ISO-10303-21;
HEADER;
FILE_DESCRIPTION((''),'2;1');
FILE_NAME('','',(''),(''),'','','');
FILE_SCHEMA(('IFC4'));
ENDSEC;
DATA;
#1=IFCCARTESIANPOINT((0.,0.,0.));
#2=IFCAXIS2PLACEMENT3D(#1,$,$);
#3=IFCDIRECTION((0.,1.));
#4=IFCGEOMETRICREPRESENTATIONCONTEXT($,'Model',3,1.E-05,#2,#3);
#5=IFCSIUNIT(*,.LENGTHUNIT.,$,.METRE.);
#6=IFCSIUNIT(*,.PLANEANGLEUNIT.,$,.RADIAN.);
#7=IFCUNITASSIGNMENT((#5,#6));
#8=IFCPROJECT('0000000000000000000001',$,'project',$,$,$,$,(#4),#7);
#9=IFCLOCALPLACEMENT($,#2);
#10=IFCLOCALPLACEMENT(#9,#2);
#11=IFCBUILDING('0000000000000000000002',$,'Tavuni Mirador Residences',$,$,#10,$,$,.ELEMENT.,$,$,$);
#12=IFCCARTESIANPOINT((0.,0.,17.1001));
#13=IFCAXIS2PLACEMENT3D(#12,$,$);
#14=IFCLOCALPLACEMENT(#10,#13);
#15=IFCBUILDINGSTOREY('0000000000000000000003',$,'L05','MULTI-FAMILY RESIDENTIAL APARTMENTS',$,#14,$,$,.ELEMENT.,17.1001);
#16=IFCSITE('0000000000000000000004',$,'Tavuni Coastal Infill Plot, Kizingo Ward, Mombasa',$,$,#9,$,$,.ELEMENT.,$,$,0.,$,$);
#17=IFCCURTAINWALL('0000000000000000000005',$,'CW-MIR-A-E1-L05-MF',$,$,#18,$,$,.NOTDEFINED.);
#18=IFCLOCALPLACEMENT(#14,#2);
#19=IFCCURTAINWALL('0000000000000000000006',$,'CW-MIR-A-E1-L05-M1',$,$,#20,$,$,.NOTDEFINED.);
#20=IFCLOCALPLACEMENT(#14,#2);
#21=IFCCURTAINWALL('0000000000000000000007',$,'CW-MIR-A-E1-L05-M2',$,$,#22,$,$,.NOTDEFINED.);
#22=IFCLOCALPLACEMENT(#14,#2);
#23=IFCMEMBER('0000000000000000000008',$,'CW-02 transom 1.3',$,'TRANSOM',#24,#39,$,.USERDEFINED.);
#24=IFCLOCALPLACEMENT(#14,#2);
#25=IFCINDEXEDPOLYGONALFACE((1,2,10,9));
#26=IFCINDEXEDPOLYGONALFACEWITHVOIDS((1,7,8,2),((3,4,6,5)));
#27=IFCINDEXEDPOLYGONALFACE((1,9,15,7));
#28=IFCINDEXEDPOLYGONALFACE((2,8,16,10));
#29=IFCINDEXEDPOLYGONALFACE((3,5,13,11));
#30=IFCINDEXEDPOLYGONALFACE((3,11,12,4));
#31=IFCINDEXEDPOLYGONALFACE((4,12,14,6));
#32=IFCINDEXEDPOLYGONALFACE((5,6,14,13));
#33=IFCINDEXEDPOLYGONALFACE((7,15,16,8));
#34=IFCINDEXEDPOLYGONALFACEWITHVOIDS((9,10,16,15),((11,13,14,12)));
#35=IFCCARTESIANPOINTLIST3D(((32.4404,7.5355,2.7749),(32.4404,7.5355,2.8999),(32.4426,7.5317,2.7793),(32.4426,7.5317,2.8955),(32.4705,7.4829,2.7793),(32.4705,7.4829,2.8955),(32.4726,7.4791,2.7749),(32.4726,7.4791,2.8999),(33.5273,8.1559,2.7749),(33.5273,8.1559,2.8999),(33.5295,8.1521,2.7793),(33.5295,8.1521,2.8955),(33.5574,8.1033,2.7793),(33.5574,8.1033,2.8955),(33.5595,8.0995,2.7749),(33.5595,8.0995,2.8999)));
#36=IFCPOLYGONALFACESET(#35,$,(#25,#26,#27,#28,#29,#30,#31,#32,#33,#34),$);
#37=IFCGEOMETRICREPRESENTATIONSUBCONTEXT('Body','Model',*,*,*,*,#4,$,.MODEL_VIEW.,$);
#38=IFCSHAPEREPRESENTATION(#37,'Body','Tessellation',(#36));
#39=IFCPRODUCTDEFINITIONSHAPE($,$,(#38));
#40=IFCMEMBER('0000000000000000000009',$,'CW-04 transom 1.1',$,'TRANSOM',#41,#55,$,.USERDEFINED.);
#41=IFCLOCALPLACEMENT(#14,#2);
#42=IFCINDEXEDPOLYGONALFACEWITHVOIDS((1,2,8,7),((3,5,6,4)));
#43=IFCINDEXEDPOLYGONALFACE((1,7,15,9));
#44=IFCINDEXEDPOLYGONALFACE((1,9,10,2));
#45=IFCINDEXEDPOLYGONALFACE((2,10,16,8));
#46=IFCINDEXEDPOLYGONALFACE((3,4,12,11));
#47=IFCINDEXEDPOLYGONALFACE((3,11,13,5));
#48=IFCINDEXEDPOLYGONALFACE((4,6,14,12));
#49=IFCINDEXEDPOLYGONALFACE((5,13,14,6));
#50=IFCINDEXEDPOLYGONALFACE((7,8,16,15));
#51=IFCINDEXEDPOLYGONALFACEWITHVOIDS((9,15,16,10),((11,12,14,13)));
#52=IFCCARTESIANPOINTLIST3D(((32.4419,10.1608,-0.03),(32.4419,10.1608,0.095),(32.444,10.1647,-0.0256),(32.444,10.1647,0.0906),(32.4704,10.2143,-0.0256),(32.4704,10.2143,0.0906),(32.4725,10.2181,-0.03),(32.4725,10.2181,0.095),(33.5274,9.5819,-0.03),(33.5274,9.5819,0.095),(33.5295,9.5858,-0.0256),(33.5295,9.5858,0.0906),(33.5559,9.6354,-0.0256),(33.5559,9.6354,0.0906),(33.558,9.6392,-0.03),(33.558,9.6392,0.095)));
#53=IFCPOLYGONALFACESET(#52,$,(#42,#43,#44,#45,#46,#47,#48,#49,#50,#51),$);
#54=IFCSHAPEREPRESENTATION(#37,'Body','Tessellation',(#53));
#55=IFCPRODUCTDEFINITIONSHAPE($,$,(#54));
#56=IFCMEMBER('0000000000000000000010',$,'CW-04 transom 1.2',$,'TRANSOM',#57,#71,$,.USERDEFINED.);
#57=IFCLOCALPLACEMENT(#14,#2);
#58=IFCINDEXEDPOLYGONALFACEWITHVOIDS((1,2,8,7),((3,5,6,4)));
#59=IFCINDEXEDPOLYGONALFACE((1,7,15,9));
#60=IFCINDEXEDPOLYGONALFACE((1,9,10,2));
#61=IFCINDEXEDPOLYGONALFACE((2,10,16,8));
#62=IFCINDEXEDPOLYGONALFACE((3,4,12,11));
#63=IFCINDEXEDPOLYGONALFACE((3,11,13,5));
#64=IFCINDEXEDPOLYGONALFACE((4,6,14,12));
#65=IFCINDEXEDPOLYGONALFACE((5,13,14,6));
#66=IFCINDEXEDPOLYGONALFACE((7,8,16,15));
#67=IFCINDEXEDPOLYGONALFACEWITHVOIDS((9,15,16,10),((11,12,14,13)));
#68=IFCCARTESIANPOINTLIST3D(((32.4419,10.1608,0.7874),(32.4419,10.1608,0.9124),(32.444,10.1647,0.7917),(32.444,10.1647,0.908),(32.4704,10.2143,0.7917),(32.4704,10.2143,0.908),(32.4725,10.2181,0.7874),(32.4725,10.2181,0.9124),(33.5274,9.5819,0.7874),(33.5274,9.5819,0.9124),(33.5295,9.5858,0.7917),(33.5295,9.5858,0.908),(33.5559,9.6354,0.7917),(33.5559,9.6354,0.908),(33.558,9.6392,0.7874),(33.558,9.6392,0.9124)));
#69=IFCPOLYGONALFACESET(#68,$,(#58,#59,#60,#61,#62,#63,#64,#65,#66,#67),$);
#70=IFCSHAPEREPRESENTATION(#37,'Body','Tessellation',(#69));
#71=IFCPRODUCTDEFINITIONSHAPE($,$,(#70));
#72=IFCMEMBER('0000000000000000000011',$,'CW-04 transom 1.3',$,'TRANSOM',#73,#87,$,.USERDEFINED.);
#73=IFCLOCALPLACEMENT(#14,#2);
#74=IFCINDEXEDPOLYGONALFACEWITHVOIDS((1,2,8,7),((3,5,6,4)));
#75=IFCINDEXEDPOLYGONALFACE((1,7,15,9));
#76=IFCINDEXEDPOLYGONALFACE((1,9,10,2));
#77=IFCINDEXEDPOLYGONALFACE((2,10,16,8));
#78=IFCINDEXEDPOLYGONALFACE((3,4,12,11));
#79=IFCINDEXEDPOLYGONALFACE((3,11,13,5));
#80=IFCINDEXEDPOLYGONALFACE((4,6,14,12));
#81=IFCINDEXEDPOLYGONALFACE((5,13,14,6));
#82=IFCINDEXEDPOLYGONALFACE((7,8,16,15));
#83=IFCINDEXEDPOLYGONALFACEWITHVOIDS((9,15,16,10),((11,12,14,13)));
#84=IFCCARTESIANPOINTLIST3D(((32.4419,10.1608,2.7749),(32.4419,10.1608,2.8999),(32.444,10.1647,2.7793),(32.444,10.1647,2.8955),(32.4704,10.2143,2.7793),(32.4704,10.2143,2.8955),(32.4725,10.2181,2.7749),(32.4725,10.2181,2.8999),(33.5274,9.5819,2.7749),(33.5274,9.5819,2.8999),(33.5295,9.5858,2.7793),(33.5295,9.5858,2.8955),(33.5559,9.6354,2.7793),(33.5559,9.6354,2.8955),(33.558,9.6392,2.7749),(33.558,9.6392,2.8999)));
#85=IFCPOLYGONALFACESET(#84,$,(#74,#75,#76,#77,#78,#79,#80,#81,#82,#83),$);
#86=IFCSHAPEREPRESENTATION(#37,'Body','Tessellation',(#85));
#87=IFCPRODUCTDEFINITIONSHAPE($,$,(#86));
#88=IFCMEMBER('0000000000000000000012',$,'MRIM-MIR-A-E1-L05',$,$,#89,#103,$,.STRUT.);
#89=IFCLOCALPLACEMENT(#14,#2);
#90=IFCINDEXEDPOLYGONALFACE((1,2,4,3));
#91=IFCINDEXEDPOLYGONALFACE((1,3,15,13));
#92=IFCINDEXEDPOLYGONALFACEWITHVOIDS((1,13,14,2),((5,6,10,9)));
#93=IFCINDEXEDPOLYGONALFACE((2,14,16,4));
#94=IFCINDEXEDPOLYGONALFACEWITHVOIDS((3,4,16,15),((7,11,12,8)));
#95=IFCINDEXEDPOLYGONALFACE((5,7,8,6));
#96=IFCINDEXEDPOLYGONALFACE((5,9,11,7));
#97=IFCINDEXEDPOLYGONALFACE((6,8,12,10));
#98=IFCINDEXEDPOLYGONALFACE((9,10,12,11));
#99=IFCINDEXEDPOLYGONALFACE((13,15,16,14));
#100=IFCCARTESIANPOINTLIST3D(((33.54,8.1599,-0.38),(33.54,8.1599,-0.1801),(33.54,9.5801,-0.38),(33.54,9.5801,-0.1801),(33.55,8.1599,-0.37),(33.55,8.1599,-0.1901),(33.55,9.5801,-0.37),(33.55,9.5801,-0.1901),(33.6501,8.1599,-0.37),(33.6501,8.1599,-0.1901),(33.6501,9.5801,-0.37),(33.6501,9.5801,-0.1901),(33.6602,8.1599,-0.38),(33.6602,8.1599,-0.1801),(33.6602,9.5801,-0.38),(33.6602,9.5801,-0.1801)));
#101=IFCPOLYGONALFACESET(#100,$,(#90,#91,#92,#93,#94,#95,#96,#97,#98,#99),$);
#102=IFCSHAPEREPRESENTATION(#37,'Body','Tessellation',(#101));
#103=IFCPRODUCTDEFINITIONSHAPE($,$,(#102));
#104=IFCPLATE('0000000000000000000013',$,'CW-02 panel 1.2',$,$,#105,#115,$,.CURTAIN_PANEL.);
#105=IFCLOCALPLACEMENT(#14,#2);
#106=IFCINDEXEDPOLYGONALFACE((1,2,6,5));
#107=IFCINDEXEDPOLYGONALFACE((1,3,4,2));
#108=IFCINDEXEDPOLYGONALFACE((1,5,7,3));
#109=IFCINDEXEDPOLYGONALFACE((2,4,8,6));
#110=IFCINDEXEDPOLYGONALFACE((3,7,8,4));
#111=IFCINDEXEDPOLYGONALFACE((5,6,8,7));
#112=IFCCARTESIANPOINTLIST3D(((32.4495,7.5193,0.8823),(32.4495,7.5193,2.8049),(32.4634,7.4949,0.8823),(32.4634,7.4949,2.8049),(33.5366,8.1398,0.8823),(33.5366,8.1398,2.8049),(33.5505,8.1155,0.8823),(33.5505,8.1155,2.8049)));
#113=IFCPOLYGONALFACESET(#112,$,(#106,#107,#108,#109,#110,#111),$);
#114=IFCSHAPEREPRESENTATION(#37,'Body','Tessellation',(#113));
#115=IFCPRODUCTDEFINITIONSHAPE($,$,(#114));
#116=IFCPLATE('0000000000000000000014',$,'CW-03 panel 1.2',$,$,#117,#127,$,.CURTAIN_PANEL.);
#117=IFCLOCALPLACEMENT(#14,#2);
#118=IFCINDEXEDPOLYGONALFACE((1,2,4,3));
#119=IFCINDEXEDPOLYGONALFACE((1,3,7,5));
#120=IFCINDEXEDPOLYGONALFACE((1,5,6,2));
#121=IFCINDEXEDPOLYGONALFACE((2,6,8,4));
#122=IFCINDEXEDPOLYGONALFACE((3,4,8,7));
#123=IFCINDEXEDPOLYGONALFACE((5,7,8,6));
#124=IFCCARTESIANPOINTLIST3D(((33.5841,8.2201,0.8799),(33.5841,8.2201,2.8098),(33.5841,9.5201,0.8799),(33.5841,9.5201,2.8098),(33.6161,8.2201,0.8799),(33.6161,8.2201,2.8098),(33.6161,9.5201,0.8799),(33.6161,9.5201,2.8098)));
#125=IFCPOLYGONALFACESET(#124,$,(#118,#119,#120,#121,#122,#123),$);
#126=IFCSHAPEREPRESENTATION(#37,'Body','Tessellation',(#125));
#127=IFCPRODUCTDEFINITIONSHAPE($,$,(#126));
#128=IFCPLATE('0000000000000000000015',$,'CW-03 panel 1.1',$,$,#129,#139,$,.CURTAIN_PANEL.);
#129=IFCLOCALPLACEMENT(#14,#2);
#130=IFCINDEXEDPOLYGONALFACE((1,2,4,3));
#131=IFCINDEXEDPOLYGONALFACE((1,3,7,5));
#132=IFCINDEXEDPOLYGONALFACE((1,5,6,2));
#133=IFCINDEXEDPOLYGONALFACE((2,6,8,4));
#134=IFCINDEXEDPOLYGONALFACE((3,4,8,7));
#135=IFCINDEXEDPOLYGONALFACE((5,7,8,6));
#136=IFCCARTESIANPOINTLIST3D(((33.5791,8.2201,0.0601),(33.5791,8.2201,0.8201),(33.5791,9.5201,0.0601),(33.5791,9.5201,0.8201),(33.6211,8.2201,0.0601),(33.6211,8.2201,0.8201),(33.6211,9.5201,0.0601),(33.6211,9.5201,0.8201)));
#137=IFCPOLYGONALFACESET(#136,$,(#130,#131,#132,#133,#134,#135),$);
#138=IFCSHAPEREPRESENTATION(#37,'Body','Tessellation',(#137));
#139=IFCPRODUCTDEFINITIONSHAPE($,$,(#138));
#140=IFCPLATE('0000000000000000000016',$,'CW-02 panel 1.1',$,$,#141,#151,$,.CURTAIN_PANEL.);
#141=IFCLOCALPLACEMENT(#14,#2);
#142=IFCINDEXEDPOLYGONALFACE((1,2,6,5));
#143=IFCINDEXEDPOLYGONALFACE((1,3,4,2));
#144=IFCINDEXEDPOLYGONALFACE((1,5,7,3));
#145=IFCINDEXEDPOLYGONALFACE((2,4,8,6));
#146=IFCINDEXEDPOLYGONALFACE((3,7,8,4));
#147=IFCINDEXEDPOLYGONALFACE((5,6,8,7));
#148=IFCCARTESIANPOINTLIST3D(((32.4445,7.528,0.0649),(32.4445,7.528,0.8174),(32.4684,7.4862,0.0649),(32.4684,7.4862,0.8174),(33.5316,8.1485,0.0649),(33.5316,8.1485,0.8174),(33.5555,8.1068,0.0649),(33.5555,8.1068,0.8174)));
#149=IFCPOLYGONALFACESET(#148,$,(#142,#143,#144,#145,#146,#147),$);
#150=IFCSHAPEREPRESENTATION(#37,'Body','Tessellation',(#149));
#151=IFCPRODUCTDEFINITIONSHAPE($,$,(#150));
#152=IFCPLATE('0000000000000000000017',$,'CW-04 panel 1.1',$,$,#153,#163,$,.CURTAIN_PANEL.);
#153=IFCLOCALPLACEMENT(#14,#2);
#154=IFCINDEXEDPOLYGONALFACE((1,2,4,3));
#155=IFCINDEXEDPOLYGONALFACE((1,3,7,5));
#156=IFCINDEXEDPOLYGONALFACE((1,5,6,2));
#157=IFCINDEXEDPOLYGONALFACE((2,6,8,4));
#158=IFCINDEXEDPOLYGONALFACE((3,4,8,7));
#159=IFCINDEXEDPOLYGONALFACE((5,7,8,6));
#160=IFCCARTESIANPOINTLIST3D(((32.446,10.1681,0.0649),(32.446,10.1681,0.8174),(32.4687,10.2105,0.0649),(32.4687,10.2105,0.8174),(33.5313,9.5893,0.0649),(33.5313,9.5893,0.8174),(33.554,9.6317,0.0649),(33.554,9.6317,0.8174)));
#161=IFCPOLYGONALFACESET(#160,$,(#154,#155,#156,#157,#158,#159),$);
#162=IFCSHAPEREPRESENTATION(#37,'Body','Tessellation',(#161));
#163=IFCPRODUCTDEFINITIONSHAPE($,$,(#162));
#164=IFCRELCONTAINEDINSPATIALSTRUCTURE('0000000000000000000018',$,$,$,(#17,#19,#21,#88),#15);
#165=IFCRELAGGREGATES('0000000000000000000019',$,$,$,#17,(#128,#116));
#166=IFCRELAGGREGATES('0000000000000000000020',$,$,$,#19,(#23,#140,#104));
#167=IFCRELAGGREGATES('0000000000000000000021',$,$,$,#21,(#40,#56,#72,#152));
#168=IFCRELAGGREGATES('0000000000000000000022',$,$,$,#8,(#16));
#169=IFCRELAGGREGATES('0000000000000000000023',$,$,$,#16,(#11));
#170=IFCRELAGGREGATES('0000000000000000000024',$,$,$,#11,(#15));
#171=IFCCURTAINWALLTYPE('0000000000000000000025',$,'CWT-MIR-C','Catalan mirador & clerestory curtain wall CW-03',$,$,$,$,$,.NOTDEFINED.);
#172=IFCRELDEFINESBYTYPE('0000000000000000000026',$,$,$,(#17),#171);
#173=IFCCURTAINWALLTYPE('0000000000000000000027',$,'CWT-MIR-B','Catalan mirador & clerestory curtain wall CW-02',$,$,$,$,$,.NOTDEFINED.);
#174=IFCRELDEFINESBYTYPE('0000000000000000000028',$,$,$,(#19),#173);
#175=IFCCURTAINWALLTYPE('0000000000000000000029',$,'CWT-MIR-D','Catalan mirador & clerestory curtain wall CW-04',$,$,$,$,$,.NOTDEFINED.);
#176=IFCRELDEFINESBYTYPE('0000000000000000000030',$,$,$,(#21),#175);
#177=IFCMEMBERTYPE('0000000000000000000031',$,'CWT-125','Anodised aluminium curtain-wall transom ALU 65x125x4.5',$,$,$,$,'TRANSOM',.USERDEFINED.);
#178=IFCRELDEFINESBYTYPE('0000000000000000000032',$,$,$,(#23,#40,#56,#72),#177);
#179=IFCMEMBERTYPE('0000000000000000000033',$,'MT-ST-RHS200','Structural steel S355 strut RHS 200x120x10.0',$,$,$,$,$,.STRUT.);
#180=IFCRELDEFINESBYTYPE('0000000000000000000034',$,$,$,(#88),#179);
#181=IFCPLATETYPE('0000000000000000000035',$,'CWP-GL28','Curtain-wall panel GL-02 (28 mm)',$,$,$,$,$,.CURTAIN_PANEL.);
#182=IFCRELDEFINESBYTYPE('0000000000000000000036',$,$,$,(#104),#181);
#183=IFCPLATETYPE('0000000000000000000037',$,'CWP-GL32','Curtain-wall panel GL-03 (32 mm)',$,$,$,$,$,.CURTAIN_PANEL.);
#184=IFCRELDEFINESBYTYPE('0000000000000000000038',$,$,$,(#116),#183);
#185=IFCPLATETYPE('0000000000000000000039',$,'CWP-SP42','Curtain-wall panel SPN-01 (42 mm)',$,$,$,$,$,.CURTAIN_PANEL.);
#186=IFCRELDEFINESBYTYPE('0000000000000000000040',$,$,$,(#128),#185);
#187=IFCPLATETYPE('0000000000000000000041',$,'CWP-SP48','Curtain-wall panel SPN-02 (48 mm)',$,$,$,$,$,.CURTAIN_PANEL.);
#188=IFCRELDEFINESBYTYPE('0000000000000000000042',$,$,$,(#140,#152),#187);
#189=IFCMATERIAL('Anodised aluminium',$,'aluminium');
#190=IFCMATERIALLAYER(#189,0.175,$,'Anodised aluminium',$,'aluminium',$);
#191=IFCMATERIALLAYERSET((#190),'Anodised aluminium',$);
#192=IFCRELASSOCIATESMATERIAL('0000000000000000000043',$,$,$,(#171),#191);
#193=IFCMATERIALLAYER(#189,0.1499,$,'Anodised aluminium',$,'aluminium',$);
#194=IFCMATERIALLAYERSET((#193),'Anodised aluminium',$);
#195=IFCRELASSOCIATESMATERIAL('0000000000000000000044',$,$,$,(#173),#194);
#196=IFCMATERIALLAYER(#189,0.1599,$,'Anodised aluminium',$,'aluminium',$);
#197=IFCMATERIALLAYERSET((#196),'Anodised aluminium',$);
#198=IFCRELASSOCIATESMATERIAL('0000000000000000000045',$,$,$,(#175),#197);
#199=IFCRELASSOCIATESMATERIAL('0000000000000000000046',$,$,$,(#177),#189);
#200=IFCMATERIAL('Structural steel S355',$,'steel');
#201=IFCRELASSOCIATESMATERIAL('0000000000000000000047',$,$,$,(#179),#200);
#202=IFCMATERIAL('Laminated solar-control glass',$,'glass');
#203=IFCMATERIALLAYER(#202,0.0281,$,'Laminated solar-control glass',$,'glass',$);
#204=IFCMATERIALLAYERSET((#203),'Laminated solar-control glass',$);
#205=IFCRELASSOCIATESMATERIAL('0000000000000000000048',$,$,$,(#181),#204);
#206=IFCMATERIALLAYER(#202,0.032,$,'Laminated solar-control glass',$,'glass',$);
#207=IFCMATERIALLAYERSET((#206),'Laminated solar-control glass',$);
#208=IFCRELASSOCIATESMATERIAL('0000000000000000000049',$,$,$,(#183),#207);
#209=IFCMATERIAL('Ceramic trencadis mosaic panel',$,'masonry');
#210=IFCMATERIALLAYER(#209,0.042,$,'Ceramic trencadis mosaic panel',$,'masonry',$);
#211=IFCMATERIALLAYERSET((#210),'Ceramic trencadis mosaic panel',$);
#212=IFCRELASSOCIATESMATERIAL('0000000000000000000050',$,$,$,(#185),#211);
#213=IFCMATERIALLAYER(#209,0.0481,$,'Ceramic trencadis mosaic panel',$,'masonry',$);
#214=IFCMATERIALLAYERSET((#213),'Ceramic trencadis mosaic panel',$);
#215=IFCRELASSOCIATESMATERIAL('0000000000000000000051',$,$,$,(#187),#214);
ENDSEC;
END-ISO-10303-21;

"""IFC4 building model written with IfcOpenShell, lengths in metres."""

from ifc_helpers import new_model, si_unit, direction, frame, origin, origin_2d, place, context, subcontext, project, spatial, rectangle, hollow_rectangle, extrude, material, layer, layer_set, material_profile, profile_set, type_object, element, aggregate, save


model = new_model("IFC4")

# Units and contexts
model_context = context("Model", 3, precision=1e-05, world=origin(), true_north=direction((0.0, 1.0)))
body_context = subcontext(model_context, "Body", "Model", "MODEL_VIEW")
ifc_project = project(units=[si_unit("LENGTHUNIT", "METRE"), si_unit("PLANEANGLEUNIT", "RADIAN")], contexts=[model_context])

# Site, building, storey
site_placement = place(None, origin())
site = spatial("IfcSite", under=ifc_project, at=site_placement, Name="Tavuni Coastal Infill Plot, Kizingo Ward, Mombasa", CompositionType="ELEMENT", RefElevation=0.0)
building_placement = place(site_placement, origin())
building = spatial("IfcBuilding", under=site, at=building_placement, Name="Tavuni Mirador Residences", CompositionType="ELEMENT")
storey_placement = place(building_placement, frame((0.0, 0.0, 17.1001)))
storey = spatial("IfcBuildingStorey", under=building, at=storey_placement, Name="L05", Description="MULTI-FAMILY RESIDENTIAL APARTMENTS", CompositionType="ELEMENT", Elevation=17.1001)

# Curtain walls
ifc_material_1 = material(Name="Anodised aluminium", Category="aluminium")
ifc_layer_1 = layer(ifc_material_1, 0.175, Name="Anodised aluminium", Category="aluminium")
ifc_layer_set_1 = layer_set([ifc_layer_1], Name="Anodised aluminium")
curtain_wall_type_1 = type_object("IfcCurtainWallType", Name="CWT-MIR-C", Description="Catalan mirador & clerestory curtain wall CW-03", PredefinedType="NOTDEFINED", material=ifc_layer_set_1)
curtain_wall_1_placement = place(storey_placement, origin())
curtain_wall_1 = element("IfcCurtainWall", 1, at=curtain_wall_1_placement, inside=storey, type_object=curtain_wall_type_1, Name="CW-MIR-A-E1-L05-MF", PredefinedType="NOTDEFINED")
ifc_layer_2 = layer(ifc_material_1, 0.1499, Name="Anodised aluminium", Category="aluminium")
ifc_layer_set_2 = layer_set([ifc_layer_2], Name="Anodised aluminium")
curtain_wall_type_2 = type_object("IfcCurtainWallType", Name="CWT-MIR-B", Description="Catalan mirador & clerestory curtain wall CW-02", PredefinedType="NOTDEFINED", material=ifc_layer_set_2)
curtain_wall_2_placement = place(storey_placement, origin())
curtain_wall_2 = element("IfcCurtainWall", 2, at=curtain_wall_2_placement, inside=storey, type_object=curtain_wall_type_2, Name="CW-MIR-A-E1-L05-M1", PredefinedType="NOTDEFINED")

# Curtain wall
ifc_layer_3 = layer(ifc_material_1, 0.1599, Name="Anodised aluminium", Category="aluminium")
ifc_layer_set_3 = layer_set([ifc_layer_3], Name="Anodised aluminium")
curtain_wall_type_3 = type_object("IfcCurtainWallType", Name="CWT-MIR-D", Description="Catalan mirador & clerestory curtain wall CW-04", PredefinedType="NOTDEFINED", material=ifc_layer_set_3)
curtain_wall_3_placement = place(storey_placement, origin())
curtain_wall_3 = element("IfcCurtainWall", 3, at=curtain_wall_3_placement, inside=storey, type_object=curtain_wall_type_3, Name="CW-MIR-A-E1-L05-M2", PredefinedType="NOTDEFINED")

# Members
ifc_material_profile_1 = material_profile(ifc_material_1, hollow_rectangle(XDim=0.0649, YDim=0.125, WallThickness=0.0044, at=origin_2d()), Name="ALU 65x125x4.5", Category="aluminium")
ifc_profile_set_1 = profile_set([ifc_material_profile_1], Name="Anodised aluminium")
member_type_1 = type_object("IfcMemberType", Name="CWT-125", Description="Anodised aluminium curtain-wall transom ALU 65x125x4.5", ElementType="TRANSOM", PredefinedType="USERDEFINED", material=ifc_profile_set_1)
member_1_placement = place(storey_placement, frame((32.4565, 7.5073, 2.8374), z_axis=(0.868495, 0.495698, 0.0), x_axis=(-0.495698, 0.868495, 0.0)))
member_1 = element("IfcMember", 4, at=member_1_placement, type_object=member_type_1, Name="CW-02 transom 1.3", ObjectType="TRANSOM", PredefinedType="USERDEFINED", context=body_context, shape_type="SweptSolid", body=[
    extrude(hollow_rectangle(XDim=0.0649, YDim=0.125, WallThickness=0.0044, at=origin_2d()), origin(), (0.0, 0.0, 1.0), 1.2515),
])
member_2_placement = place(storey_placement, frame((33.5427, 9.6106, 0.0325), z_axis=(-0.882369, 0.470557, 0.0), x_axis=(-0.470557, -0.882369, 0.0)))
member_2 = element("IfcMember", 5, at=member_2_placement, type_object=member_type_1, Name="CW-04 transom 1.1", ObjectType="TRANSOM", PredefinedType="USERDEFINED", context=body_context, shape_type="SweptSolid", body=[
    extrude(hollow_rectangle(XDim=0.0649, YDim=0.125, WallThickness=0.0044, at=origin_2d()), origin(), (0.0, 0.0, 1.0), 1.2302),
])
member_3_placement = place(storey_placement, frame((33.5427, 9.6106, 0.8499), z_axis=(-0.882369, 0.470557, 0.0), x_axis=(-0.470557, -0.882369, 0.0)))
member_3 = element("IfcMember", 6, at=member_3_placement, type_object=member_type_1, Name="CW-04 transom 1.2", ObjectType="TRANSOM", PredefinedType="USERDEFINED", context=body_context, shape_type="SweptSolid", body=[
    extrude(hollow_rectangle(XDim=0.0649, YDim=0.125, WallThickness=0.0044, at=origin_2d()), origin(), (0.0, 0.0, 1.0), 1.2302),
])
member_4_placement = place(storey_placement, frame((33.5427, 9.6106, 2.8374), z_axis=(-0.882369, 0.470557, 0.0), x_axis=(-0.470557, -0.882369, 0.0)))
member_4 = element("IfcMember", 7, at=member_4_placement, type_object=member_type_1, Name="CW-04 transom 1.3", ObjectType="TRANSOM", PredefinedType="USERDEFINED", context=body_context, shape_type="SweptSolid", body=[
    extrude(hollow_rectangle(XDim=0.0649, YDim=0.125, WallThickness=0.0044, at=origin_2d()), origin(), (0.0, 0.0, 1.0), 1.2302),
])
ifc_material_2 = material(Name="Structural steel S355", Category="steel")
ifc_material_profile_2 = material_profile(ifc_material_2, hollow_rectangle(XDim=0.1201, YDim=0.2, WallThickness=0.01, at=origin_2d()), Name="RHS 200x120x10.0", Category="steel")
ifc_profile_set_2 = profile_set([ifc_material_profile_2], Name="Structural steel S355")
member_type_2 = type_object("IfcMemberType", Name="MT-ST-RHS200", Description="Structural steel S355 strut RHS 200x120x10.0", PredefinedType="STRUT", material=ifc_profile_set_2)
member_5_placement = place(storey_placement, frame((33.6001, 8.1599, -0.28), z_axis=(0.0, 1.0, 0.0), x_axis=(-1.0, 0.0, 0.0)))
element("IfcMember", 8, at=member_5_placement, inside=storey, type_object=member_type_2, Name="MRIM-MIR-A-E1-L05", PredefinedType="STRUT", context=body_context, shape_type="SweptSolid", body=[
    extrude(hollow_rectangle(XDim=0.1201, YDim=0.2, WallThickness=0.01, at=origin_2d()), origin(), (0.0, 0.0, 1.0), 1.4202),
])

# Plates
ifc_material_3 = material(Name="Laminated solar-control glass", Category="glass")
ifc_layer_4 = layer(ifc_material_3, 0.0281, Name="Laminated solar-control glass", Category="glass")
ifc_layer_set_4 = layer_set([ifc_layer_4], Name="Laminated solar-control glass")
plate_type_1 = type_object("IfcPlateType", Name="CWP-GL28", Description="Curtain-wall panel GL-02 (28 mm)", PredefinedType="CURTAIN_PANEL", material=ifc_layer_set_4)
plate_1_placement = place(storey_placement, frame((33.0, 7.8174, 0.8823), z_axis=(0.0, 0.0, 1.0), x_axis=(0.868466, 0.495749, 0.0)))
plate_1 = element("IfcPlate", 9, at=plate_1_placement, type_object=plate_type_1, Name="CW-02 panel 1.2", PredefinedType="CURTAIN_PANEL", context=body_context, shape_type="SweptSolid", body=[
    extrude(rectangle(XDim=1.2517, YDim=0.0281, at=origin_2d()), origin(), (0.0, 0.0, 1.0), 1.9226),
])
ifc_layer_5 = layer(ifc_material_3, 0.032, Name="Laminated solar-control glass", Category="glass")
ifc_layer_set_5 = layer_set([ifc_layer_5], Name="Laminated solar-control glass")
plate_type_2 = type_object("IfcPlateType", Name="CWP-GL32", Description="Curtain-wall panel GL-03 (32 mm)", PredefinedType="CURTAIN_PANEL", material=ifc_layer_set_5)
plate_2_placement = place(storey_placement, frame((33.6001, 8.8701, 0.8799), z_axis=(0.0, 0.0, 1.0), x_axis=(0.0, 1.0, 0.0)))
plate_2 = element("IfcPlate", 10, at=plate_2_placement, type_object=plate_type_2, Name="CW-03 panel 1.2", PredefinedType="CURTAIN_PANEL", context=body_context, shape_type="SweptSolid", body=[
    extrude(rectangle(XDim=1.3, YDim=0.032, at=origin_2d()), origin(), (0.0, 0.0, 1.0), 1.9299),
])
ifc_material_4 = material(Name="Ceramic trencadis mosaic panel", Category="masonry")
ifc_layer_6 = layer(ifc_material_4, 0.042, Name="Ceramic trencadis mosaic panel", Category="masonry")
ifc_layer_set_6 = layer_set([ifc_layer_6], Name="Ceramic trencadis mosaic panel")
plate_type_3 = type_object("IfcPlateType", Name="CWP-SP42", Description="Curtain-wall panel SPN-01 (42 mm)", PredefinedType="CURTAIN_PANEL", material=ifc_layer_set_6)
plate_3_placement = place(storey_placement, frame((33.6001, 8.8701, 0.0601), z_axis=(0.0, 0.0, 1.0), x_axis=(0.0, 1.0, 0.0)))
plate_3 = element("IfcPlate", 11, at=plate_3_placement, type_object=plate_type_3, Name="CW-03 panel 1.1", PredefinedType="CURTAIN_PANEL", context=body_context, shape_type="SweptSolid", body=[
    extrude(rectangle(XDim=1.3, YDim=0.042, at=origin_2d()), origin(), (0.0, 0.0, 1.0), 0.76),
])
aggregate(curtain_wall_1, [plate_3, plate_2])
ifc_layer_7 = layer(ifc_material_4, 0.0481, Name="Ceramic trencadis mosaic panel", Category="masonry")
ifc_layer_set_7 = layer_set([ifc_layer_7], Name="Ceramic trencadis mosaic panel")
plate_type_4 = type_object("IfcPlateType", Name="CWP-SP48", Description="Curtain-wall panel SPN-02 (48 mm)", PredefinedType="CURTAIN_PANEL", material=ifc_layer_set_7)
plate_4_placement = place(storey_placement, frame((33.0, 7.8174, 0.0649), z_axis=(0.0, 0.0, 1.0), x_axis=(0.868466, 0.495749, 0.0)))
plate_4 = element("IfcPlate", 12, at=plate_4_placement, type_object=plate_type_4, Name="CW-02 panel 1.1", PredefinedType="CURTAIN_PANEL", context=body_context, shape_type="SweptSolid", body=[
    extrude(rectangle(XDim=1.2517, YDim=0.0481, at=origin_2d()), origin(), (0.0, 0.0, 1.0), 0.7524),
])
aggregate(curtain_wall_2, [member_1, plate_4, plate_1])
plate_5_placement = place(storey_placement, frame((33.0, 9.8999, 0.0649), z_axis=(0.0, 0.0, 1.0), x_axis=(-0.882353, 0.470588, 0.0)))
plate_5 = element("IfcPlate", 13, at=plate_5_placement, type_object=plate_type_4, Name="CW-04 panel 1.1", PredefinedType="CURTAIN_PANEL", context=body_context, shape_type="SweptSolid", body=[
    extrude(rectangle(XDim=1.23, YDim=0.0481, at=origin_2d()), origin(), (0.0, 0.0, 1.0), 0.7524),
])
aggregate(curtain_wall_3, [member_2, member_3, member_4, plate_5])

save(model, "model.ifc")
